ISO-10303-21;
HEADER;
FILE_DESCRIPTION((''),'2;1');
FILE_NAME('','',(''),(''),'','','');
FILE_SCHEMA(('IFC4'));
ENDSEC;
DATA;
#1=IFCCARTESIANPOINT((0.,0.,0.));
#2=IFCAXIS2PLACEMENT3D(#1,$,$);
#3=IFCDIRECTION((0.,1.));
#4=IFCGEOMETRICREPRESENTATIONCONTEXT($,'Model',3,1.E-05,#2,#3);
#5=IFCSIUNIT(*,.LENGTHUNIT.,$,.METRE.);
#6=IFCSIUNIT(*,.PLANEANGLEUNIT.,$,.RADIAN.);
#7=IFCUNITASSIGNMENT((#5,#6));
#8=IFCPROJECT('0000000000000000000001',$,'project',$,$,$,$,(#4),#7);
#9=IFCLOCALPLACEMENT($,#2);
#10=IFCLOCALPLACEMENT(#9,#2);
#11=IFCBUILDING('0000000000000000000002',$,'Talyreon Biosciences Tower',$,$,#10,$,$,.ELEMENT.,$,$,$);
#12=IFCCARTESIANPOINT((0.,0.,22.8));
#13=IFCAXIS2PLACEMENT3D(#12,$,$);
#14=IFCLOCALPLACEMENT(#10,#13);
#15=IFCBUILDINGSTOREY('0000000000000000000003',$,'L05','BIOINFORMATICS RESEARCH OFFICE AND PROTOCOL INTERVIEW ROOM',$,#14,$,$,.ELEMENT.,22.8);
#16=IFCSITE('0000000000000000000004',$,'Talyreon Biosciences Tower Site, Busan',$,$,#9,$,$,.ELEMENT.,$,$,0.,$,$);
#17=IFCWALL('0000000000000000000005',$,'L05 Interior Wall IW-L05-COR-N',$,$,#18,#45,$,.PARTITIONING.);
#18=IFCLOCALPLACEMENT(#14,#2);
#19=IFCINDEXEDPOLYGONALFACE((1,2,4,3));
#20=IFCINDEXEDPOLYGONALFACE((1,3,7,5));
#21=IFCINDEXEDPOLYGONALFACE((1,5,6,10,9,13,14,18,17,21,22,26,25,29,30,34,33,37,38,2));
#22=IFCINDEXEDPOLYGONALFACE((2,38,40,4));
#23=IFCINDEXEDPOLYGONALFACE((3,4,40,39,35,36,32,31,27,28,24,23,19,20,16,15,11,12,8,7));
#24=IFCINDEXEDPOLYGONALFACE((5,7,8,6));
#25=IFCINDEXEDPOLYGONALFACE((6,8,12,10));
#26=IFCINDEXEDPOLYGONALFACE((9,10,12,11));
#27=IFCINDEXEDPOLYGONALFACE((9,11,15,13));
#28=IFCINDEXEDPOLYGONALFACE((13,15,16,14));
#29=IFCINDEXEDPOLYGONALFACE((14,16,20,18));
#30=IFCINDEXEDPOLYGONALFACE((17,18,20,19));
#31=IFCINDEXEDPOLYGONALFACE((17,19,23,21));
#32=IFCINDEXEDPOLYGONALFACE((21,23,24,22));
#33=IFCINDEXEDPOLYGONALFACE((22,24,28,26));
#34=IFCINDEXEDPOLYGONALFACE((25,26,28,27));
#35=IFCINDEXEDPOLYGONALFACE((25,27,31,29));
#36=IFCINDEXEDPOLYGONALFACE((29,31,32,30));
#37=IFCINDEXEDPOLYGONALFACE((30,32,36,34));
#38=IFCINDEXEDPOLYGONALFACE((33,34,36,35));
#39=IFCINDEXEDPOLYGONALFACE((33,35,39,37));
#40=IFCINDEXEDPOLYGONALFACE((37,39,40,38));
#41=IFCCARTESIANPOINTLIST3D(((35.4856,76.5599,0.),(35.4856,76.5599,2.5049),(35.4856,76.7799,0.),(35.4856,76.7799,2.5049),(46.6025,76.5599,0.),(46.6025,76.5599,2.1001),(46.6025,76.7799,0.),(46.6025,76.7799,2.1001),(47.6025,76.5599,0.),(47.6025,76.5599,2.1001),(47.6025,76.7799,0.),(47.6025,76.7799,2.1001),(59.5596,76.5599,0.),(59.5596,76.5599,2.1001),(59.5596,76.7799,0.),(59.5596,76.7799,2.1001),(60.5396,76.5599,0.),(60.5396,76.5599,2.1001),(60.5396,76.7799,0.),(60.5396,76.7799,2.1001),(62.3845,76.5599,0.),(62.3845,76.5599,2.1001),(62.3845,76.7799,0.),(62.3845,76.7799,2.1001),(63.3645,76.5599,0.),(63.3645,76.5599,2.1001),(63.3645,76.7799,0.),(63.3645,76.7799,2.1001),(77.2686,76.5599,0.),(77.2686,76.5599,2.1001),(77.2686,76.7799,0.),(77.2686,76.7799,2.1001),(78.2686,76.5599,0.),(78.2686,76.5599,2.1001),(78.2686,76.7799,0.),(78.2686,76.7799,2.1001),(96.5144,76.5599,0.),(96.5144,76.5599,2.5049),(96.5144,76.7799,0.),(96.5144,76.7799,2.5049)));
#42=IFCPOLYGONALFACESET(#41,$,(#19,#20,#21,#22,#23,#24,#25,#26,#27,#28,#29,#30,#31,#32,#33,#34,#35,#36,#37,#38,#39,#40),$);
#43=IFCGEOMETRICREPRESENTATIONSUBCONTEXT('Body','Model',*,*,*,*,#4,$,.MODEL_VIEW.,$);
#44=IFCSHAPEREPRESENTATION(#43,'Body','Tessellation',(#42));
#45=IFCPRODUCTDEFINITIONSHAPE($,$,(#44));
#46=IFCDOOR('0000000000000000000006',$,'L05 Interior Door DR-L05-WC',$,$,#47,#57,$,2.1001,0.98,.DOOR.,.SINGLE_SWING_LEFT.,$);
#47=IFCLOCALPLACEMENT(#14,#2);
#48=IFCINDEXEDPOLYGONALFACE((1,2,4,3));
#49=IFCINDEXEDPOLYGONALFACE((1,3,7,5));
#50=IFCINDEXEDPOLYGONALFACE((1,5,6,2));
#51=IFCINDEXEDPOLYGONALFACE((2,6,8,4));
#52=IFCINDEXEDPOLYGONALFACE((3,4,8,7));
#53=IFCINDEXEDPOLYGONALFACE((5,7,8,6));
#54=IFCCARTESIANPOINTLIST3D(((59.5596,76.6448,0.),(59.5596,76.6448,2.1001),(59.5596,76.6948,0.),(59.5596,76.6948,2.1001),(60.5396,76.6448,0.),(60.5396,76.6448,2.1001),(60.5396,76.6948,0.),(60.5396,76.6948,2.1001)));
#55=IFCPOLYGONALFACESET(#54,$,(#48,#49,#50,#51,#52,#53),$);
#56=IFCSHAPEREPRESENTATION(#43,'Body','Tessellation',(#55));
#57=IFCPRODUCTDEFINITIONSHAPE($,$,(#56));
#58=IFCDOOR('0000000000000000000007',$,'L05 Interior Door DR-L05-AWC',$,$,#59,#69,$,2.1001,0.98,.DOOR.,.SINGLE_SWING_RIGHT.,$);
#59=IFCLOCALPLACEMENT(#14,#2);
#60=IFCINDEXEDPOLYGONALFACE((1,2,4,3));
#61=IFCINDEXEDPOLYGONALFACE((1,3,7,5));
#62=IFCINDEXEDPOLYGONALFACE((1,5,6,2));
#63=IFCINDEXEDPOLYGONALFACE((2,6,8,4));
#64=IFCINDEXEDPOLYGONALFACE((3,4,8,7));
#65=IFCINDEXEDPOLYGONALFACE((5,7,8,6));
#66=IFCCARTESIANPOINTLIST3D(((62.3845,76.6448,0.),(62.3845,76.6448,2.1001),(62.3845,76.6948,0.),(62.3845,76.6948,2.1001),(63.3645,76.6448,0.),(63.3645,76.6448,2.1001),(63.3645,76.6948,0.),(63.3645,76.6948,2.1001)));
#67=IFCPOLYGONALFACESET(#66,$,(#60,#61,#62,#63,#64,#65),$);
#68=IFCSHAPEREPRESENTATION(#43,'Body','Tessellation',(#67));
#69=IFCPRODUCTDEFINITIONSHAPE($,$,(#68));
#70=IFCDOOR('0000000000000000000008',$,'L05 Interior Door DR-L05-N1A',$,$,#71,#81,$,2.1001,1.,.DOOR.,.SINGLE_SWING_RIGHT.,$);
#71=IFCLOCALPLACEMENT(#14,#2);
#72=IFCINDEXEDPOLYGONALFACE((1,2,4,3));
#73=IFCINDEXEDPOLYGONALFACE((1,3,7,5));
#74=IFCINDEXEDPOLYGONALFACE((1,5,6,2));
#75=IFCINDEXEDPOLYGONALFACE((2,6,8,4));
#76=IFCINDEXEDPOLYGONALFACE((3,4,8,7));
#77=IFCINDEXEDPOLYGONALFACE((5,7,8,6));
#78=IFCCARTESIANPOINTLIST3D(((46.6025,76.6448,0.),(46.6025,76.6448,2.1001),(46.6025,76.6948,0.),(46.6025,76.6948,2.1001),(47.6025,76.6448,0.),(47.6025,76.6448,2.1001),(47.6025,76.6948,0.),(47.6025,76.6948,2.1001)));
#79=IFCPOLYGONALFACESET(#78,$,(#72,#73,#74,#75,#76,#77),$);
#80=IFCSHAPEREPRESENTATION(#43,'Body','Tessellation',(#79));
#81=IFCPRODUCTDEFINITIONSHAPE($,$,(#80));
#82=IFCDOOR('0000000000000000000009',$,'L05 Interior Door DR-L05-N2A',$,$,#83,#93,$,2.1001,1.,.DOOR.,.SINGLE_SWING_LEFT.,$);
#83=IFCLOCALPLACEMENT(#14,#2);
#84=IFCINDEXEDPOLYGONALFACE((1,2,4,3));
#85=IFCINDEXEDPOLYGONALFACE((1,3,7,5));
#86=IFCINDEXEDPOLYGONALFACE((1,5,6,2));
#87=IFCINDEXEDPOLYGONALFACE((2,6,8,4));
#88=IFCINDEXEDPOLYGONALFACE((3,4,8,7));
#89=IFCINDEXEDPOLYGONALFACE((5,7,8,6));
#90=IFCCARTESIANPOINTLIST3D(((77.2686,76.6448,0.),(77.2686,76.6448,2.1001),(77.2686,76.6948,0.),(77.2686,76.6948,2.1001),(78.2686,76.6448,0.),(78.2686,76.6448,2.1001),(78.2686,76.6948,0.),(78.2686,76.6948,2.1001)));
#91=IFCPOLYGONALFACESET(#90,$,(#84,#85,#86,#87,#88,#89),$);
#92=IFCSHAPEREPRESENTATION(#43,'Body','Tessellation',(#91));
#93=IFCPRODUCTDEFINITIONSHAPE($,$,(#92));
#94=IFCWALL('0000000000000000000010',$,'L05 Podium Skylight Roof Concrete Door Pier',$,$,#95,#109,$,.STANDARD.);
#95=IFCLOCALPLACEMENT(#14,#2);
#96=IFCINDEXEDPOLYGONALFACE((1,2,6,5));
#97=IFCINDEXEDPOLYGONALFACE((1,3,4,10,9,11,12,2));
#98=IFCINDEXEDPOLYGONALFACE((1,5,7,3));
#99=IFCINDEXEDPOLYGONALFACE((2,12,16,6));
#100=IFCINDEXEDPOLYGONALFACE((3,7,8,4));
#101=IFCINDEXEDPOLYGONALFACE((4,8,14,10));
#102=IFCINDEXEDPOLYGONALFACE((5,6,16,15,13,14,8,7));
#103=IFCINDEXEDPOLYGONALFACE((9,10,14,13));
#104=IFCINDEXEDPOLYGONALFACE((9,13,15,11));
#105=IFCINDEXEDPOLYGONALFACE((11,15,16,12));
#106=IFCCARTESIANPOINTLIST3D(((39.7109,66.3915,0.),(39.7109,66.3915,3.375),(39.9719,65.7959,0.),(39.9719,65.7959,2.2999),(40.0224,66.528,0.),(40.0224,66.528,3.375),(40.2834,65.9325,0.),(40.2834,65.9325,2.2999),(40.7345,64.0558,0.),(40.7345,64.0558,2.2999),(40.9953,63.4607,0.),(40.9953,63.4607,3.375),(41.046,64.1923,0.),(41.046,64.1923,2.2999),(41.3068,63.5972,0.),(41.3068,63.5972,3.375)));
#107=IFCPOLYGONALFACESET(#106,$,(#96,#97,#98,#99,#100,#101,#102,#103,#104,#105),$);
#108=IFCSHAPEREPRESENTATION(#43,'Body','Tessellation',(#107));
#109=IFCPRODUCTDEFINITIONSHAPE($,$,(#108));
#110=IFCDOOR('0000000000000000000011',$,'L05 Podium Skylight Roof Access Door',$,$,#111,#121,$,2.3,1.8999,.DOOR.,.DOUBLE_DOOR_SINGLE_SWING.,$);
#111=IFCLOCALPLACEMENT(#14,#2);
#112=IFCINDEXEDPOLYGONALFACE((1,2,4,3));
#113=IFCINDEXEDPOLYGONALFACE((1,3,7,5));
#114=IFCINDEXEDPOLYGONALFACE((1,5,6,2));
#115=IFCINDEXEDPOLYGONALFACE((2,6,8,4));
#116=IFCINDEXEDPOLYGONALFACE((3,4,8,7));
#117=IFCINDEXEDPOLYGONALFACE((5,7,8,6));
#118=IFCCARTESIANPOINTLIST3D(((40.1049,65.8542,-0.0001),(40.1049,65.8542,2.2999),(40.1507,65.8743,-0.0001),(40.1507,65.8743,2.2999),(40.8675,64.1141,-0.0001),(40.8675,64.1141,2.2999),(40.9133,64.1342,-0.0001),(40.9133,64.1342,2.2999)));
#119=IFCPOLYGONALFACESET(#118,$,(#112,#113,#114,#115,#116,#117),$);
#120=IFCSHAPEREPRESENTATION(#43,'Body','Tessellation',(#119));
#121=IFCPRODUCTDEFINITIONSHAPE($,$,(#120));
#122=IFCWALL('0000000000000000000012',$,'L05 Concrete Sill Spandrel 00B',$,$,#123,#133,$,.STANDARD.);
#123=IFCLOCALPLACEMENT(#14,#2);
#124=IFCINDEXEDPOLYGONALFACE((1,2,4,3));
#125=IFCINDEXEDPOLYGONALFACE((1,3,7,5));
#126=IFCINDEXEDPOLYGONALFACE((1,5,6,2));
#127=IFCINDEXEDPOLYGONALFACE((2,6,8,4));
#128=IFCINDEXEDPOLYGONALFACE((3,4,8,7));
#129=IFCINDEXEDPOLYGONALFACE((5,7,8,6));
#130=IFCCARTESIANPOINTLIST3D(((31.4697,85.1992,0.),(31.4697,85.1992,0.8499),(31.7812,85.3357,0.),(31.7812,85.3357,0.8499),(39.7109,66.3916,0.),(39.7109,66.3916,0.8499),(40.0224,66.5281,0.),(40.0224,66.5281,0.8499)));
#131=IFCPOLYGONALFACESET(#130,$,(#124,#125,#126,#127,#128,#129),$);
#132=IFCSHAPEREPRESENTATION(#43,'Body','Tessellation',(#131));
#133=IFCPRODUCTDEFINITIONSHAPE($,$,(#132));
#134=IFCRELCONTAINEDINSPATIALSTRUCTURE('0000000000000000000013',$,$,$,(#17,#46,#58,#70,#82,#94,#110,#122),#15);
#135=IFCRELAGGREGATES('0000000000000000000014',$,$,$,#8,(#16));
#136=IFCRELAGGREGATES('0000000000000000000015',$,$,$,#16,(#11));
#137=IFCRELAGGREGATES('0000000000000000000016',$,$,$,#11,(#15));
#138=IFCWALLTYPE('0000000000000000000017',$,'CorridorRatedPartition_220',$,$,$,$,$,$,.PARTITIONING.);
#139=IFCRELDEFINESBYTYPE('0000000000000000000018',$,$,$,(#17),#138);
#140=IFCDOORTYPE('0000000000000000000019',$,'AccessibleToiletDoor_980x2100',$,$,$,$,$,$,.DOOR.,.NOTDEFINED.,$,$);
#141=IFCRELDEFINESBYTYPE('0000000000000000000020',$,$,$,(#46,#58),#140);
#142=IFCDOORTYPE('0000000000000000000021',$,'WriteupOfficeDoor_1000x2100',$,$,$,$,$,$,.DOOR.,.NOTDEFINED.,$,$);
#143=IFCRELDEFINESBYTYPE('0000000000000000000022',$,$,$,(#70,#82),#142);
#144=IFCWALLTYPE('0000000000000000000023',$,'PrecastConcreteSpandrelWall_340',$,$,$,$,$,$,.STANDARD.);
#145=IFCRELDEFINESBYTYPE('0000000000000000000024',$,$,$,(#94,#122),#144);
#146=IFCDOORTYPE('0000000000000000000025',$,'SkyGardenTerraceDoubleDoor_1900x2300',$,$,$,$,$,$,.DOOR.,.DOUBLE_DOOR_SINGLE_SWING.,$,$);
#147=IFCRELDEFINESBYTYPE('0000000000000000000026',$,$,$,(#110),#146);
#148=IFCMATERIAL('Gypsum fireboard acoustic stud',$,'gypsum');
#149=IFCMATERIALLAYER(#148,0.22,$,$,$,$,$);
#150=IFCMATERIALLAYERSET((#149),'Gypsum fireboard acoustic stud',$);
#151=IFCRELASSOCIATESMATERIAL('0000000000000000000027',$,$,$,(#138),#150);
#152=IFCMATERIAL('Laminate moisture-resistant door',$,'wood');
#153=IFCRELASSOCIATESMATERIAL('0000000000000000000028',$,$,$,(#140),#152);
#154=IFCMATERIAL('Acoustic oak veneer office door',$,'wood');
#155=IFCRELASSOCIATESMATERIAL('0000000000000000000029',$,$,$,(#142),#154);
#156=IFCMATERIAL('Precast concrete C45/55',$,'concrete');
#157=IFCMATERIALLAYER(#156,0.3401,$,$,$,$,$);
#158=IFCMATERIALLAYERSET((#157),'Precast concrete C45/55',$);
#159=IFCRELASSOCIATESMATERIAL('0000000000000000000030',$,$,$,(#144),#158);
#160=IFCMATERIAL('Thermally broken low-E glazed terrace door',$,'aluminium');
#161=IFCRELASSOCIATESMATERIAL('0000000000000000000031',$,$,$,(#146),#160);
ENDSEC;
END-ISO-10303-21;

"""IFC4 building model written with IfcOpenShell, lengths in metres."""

from ifc_helpers import new_model, si_unit, direction, frame, frame_2d, origin, place, context, subcontext, project, spatial, rectangle, extrude, material, layer, layer_set, type_object, element, fill, save


model = new_model("IFC4")

# Units and contexts
model_context = context("Model", 3, precision=1e-05, world=origin(), true_north=direction((0.0, 1.0)))
body_context = subcontext(model_context, "Body", "Model", "MODEL_VIEW")
ifc_project = project(units=[si_unit("LENGTHUNIT", "METRE"), si_unit("PLANEANGLEUNIT", "RADIAN")], contexts=[model_context])

# Site, building, storey
site_placement = place(None, origin())
site = spatial("IfcSite", under=ifc_project, at=site_placement, Name="Talyreon Biosciences Tower Site, Busan", CompositionType="ELEMENT", RefElevation=0.0)
building_placement = place(site_placement, origin())
building = spatial("IfcBuilding", under=site, at=building_placement, Name="Talyreon Biosciences Tower", CompositionType="ELEMENT")
storey_placement = place(building_placement, frame((0.0, 0.0, 22.8)))
storey = spatial("IfcBuildingStorey", under=building, at=storey_placement, Name="L05", Description="BIOINFORMATICS RESEARCH OFFICE AND PROTOCOL INTERVIEW ROOM", CompositionType="ELEMENT", Elevation=22.8)

# Shared definitions
ifc_material_1 = material(Name="Precast concrete C45/55", Category="concrete")

# Wall, openings, doors
ifc_material_2 = material(Name="Gypsum fireboard acoustic stud", Category="gypsum")
ifc_layer_1 = layer(ifc_material_2, 0.22)
ifc_layer_set_1 = layer_set([ifc_layer_1], Name="Gypsum fireboard acoustic stud")
wall_type_1 = type_object("IfcWallType", Name="CorridorRatedPartition_220", PredefinedType="PARTITIONING", material=ifc_layer_set_1)
wall_1_placement = place(storey_placement, frame((35.4856, 76.6699, 0.0), z_axis=(0.0, 0.0, 1.0), x_axis=(1.0, 0.0, 0.0)))
wall_1 = element("IfcWall", 1, at=wall_1_placement, inside=storey, type_object=wall_type_1, Name="L05 Interior Wall IW-L05-COR-N", PredefinedType="PARTITIONING", context=body_context, shape_type="SweptSolid", body=[
    extrude(rectangle(XDim=61.0288, YDim=0.22, at=frame_2d((30.5144, 0.0))), origin(), (0.0, 0.0, 1.0), 2.5049),
])
opening_1_placement = place(wall_1_placement, frame((24.074, 0.0, 0.0)))
opening_1 = element("IfcOpeningElement", 2, at=opening_1_placement, cuts=wall_1, PredefinedType="OPENING", context=body_context, shape_type="SweptSolid", body=[
    extrude(rectangle(XDim=0.98, YDim=2.1001, at=frame_2d((0.49, 1.05))), frame((0.0, 0.1199, 0.0), z_axis=(0.0, -1.0, 0.0), x_axis=(1.0, 0.0, 0.0)), (0.0, 0.0, 1.0), 0.24),
])
opening_2_placement = place(wall_1_placement, frame((26.8989, 0.0, 0.0)))
opening_2 = element("IfcOpeningElement", 3, at=opening_2_placement, cuts=wall_1, PredefinedType="OPENING", context=body_context, shape_type="SweptSolid", body=[
    extrude(rectangle(XDim=0.98, YDim=2.1001, at=frame_2d((0.49, 1.05))), frame((0.0, 0.1199, 0.0), z_axis=(0.0, -1.0, 0.0), x_axis=(1.0, 0.0, 0.0)), (0.0, 0.0, 1.0), 0.24),
])
opening_3_placement = place(wall_1_placement, frame((11.1169, 0.0, 0.0)))
opening_3 = element("IfcOpeningElement", 4, at=opening_3_placement, cuts=wall_1, PredefinedType="OPENING", context=body_context, shape_type="SweptSolid", body=[
    extrude(rectangle(XDim=1.0, YDim=2.1001, at=frame_2d((0.5, 1.05))), frame((0.0, 0.1199, 0.0), z_axis=(0.0, -1.0, 0.0), x_axis=(1.0, 0.0, 0.0)), (0.0, 0.0, 1.0), 0.24),
])
opening_4_placement = place(wall_1_placement, frame((41.783, 0.0, 0.0)))
opening_4 = element("IfcOpeningElement", 5, at=opening_4_placement, cuts=wall_1, PredefinedType="OPENING", context=body_context, shape_type="SweptSolid", body=[
    extrude(rectangle(XDim=1.0, YDim=2.1001, at=frame_2d((0.5, 1.05))), frame((0.0, 0.1199, 0.0), z_axis=(0.0, -1.0, 0.0), x_axis=(1.0, 0.0, 0.0)), (0.0, 0.0, 1.0), 0.24),
])
ifc_material_3 = material(Name="Laminate moisture-resistant door", Category="wood")
door_type_1 = type_object("IfcDoorType", Name="AccessibleToiletDoor_980x2100", OperationType="NOTDEFINED", PredefinedType="DOOR", material=ifc_material_3)
door_1_placement = place(opening_1_placement, origin())
door_1 = element("IfcDoor", 6, at=door_1_placement, inside=storey, type_object=door_type_1, Name="L05 Interior Door DR-L05-WC", OperationType="SINGLE_SWING_LEFT", OverallHeight=2.1001, OverallWidth=0.98, PredefinedType="DOOR", context=body_context, shape_type="SweptSolid", body=[
    extrude(rectangle(XDim=0.98, YDim=2.1001, at=frame_2d((0.49, 1.05))), frame((0.0, 0.0249, 0.0), z_axis=(0.0, -1.0, 0.0), x_axis=(1.0, 0.0, 0.0)), (0.0, 0.0, 1.0), 0.05),
])
fill(opening_1, door_1)
door_2_placement = place(opening_2_placement, origin())
door_2 = element("IfcDoor", 7, at=door_2_placement, inside=storey, type_object=door_type_1, Name="L05 Interior Door DR-L05-AWC", OperationType="SINGLE_SWING_RIGHT", OverallHeight=2.1001, OverallWidth=0.98, PredefinedType="DOOR", context=body_context, shape_type="SweptSolid", body=[
    extrude(rectangle(XDim=0.98, YDim=2.1001, at=frame_2d((0.49, 1.05))), frame((0.0, 0.0249, 0.0), z_axis=(0.0, -1.0, 0.0), x_axis=(1.0, 0.0, 0.0)), (0.0, 0.0, 1.0), 0.05),
])
fill(opening_2, door_2)
ifc_material_4 = material(Name="Acoustic oak veneer office door", Category="wood")
door_type_2 = type_object("IfcDoorType", Name="WriteupOfficeDoor_1000x2100", OperationType="NOTDEFINED", PredefinedType="DOOR", material=ifc_material_4)
door_3_placement = place(opening_3_placement, origin())
door_3 = element("IfcDoor", 8, at=door_3_placement, inside=storey, type_object=door_type_2, Name="L05 Interior Door DR-L05-N1A", OperationType="SINGLE_SWING_RIGHT", OverallHeight=2.1001, OverallWidth=1.0, PredefinedType="DOOR", context=body_context, shape_type="SweptSolid", body=[
    extrude(rectangle(XDim=1.0, YDim=2.1001, at=frame_2d((0.5, 1.05))), frame((0.0, 0.0249, 0.0), z_axis=(0.0, -1.0, 0.0), x_axis=(1.0, 0.0, 0.0)), (0.0, 0.0, 1.0), 0.05),
])
fill(opening_3, door_3)
door_4_placement = place(opening_4_placement, origin())
door_4 = element("IfcDoor", 9, at=door_4_placement, inside=storey, type_object=door_type_2, Name="L05 Interior Door DR-L05-N2A", OperationType="SINGLE_SWING_LEFT", OverallHeight=2.1001, OverallWidth=1.0, PredefinedType="DOOR", context=body_context, shape_type="SweptSolid", body=[
    extrude(rectangle(XDim=1.0, YDim=2.1001, at=frame_2d((0.5, 1.05))), frame((0.0, 0.0249, 0.0), z_axis=(0.0, -1.0, 0.0), x_axis=(1.0, 0.0, 0.0)), (0.0, 0.0, 1.0), 0.05),
])
fill(opening_4, door_4)

# Wall, opening, door
ifc_layer_2 = layer(ifc_material_1, 0.3401)
ifc_layer_set_2 = layer_set([ifc_layer_2], Name="Precast concrete C45/55")
wall_type_2 = type_object("IfcWallType", Name="PrecastConcreteSpandrelWall_340", PredefinedType="STANDARD", material=ifc_layer_set_2)
wall_2_placement = place(storey_placement, frame((41.1511, 63.5288, 0.0), z_axis=(0.0, 0.0, 1.0), x_axis=(-0.401383, 0.91591, 0.0)))
wall_2 = element("IfcWall", 10, at=wall_2_placement, inside=storey, type_object=wall_type_2, Name="L05 Podium Skylight Roof Concrete Door Pier", PredefinedType="STANDARD", context=body_context, shape_type="SweptSolid", body=[
    extrude(rectangle(XDim=3.2, YDim=0.3401, at=frame_2d((1.6001, 0.0))), origin(), (0.0, 0.0, 1.0), 3.375),
])
opening_5_placement = place(wall_2_placement, frame((0.6499, 0.0, 0.0)))
opening_5 = element("IfcOpeningElement", 11, at=opening_5_placement, cuts=wall_2, PredefinedType="OPENING", context=body_context, shape_type="SweptSolid", body=[
    extrude(rectangle(XDim=1.8999, YDim=2.3, at=frame_2d((0.95, 1.1499))), frame((0.0, 0.1799, 0.0), z_axis=(0.0, -1.0, 0.0), x_axis=(1.0, 0.0, 0.0)), (0.0, 0.0, 1.0), 0.3601),
])
ifc_material_5 = material(Name="Thermally broken low-E glazed terrace door", Category="aluminium")
door_type_3 = type_object("IfcDoorType", Name="SkyGardenTerraceDoubleDoor_1900x2300", OperationType="DOUBLE_DOOR_SINGLE_SWING", PredefinedType="DOOR", material=ifc_material_5)
door_5_placement = place(opening_5_placement, origin())
door_5 = element("IfcDoor", 12, at=door_5_placement, inside=storey, type_object=door_type_3, Name="L05 Podium Skylight Roof Access Door", OperationType="DOUBLE_DOOR_SINGLE_SWING", OverallHeight=2.3, OverallWidth=1.8999, PredefinedType="DOOR", context=body_context, shape_type="SweptSolid", body=[
    extrude(rectangle(XDim=1.8999, YDim=2.3, at=frame_2d((0.95, 1.1499))), frame((0.0, 0.0249, 0.0), z_axis=(0.0, -1.0, 0.0), x_axis=(1.0, 0.0, 0.0)), (0.0, 0.0, 1.0), 0.05),
])
fill(opening_5, door_5)

# Wall
wall_3_placement = place(storey_placement, frame((39.8667, 66.4597, 0.0), z_axis=(0.0, 0.0, 1.0), x_axis=(-0.401345, 0.915927, 0.0)))
element("IfcWall", 13, at=wall_3_placement, inside=storey, type_object=wall_type_2, Name="L05 Concrete Sill Spandrel 00B", PredefinedType="STANDARD", context=body_context, shape_type="SweptSolid", body=[
    extrude(rectangle(XDim=20.5339, YDim=0.3401, at=frame_2d((10.2671, 0.0))), origin(), (0.0, 0.0, 1.0), 0.8499),
])

save(model, "model.ifc")
